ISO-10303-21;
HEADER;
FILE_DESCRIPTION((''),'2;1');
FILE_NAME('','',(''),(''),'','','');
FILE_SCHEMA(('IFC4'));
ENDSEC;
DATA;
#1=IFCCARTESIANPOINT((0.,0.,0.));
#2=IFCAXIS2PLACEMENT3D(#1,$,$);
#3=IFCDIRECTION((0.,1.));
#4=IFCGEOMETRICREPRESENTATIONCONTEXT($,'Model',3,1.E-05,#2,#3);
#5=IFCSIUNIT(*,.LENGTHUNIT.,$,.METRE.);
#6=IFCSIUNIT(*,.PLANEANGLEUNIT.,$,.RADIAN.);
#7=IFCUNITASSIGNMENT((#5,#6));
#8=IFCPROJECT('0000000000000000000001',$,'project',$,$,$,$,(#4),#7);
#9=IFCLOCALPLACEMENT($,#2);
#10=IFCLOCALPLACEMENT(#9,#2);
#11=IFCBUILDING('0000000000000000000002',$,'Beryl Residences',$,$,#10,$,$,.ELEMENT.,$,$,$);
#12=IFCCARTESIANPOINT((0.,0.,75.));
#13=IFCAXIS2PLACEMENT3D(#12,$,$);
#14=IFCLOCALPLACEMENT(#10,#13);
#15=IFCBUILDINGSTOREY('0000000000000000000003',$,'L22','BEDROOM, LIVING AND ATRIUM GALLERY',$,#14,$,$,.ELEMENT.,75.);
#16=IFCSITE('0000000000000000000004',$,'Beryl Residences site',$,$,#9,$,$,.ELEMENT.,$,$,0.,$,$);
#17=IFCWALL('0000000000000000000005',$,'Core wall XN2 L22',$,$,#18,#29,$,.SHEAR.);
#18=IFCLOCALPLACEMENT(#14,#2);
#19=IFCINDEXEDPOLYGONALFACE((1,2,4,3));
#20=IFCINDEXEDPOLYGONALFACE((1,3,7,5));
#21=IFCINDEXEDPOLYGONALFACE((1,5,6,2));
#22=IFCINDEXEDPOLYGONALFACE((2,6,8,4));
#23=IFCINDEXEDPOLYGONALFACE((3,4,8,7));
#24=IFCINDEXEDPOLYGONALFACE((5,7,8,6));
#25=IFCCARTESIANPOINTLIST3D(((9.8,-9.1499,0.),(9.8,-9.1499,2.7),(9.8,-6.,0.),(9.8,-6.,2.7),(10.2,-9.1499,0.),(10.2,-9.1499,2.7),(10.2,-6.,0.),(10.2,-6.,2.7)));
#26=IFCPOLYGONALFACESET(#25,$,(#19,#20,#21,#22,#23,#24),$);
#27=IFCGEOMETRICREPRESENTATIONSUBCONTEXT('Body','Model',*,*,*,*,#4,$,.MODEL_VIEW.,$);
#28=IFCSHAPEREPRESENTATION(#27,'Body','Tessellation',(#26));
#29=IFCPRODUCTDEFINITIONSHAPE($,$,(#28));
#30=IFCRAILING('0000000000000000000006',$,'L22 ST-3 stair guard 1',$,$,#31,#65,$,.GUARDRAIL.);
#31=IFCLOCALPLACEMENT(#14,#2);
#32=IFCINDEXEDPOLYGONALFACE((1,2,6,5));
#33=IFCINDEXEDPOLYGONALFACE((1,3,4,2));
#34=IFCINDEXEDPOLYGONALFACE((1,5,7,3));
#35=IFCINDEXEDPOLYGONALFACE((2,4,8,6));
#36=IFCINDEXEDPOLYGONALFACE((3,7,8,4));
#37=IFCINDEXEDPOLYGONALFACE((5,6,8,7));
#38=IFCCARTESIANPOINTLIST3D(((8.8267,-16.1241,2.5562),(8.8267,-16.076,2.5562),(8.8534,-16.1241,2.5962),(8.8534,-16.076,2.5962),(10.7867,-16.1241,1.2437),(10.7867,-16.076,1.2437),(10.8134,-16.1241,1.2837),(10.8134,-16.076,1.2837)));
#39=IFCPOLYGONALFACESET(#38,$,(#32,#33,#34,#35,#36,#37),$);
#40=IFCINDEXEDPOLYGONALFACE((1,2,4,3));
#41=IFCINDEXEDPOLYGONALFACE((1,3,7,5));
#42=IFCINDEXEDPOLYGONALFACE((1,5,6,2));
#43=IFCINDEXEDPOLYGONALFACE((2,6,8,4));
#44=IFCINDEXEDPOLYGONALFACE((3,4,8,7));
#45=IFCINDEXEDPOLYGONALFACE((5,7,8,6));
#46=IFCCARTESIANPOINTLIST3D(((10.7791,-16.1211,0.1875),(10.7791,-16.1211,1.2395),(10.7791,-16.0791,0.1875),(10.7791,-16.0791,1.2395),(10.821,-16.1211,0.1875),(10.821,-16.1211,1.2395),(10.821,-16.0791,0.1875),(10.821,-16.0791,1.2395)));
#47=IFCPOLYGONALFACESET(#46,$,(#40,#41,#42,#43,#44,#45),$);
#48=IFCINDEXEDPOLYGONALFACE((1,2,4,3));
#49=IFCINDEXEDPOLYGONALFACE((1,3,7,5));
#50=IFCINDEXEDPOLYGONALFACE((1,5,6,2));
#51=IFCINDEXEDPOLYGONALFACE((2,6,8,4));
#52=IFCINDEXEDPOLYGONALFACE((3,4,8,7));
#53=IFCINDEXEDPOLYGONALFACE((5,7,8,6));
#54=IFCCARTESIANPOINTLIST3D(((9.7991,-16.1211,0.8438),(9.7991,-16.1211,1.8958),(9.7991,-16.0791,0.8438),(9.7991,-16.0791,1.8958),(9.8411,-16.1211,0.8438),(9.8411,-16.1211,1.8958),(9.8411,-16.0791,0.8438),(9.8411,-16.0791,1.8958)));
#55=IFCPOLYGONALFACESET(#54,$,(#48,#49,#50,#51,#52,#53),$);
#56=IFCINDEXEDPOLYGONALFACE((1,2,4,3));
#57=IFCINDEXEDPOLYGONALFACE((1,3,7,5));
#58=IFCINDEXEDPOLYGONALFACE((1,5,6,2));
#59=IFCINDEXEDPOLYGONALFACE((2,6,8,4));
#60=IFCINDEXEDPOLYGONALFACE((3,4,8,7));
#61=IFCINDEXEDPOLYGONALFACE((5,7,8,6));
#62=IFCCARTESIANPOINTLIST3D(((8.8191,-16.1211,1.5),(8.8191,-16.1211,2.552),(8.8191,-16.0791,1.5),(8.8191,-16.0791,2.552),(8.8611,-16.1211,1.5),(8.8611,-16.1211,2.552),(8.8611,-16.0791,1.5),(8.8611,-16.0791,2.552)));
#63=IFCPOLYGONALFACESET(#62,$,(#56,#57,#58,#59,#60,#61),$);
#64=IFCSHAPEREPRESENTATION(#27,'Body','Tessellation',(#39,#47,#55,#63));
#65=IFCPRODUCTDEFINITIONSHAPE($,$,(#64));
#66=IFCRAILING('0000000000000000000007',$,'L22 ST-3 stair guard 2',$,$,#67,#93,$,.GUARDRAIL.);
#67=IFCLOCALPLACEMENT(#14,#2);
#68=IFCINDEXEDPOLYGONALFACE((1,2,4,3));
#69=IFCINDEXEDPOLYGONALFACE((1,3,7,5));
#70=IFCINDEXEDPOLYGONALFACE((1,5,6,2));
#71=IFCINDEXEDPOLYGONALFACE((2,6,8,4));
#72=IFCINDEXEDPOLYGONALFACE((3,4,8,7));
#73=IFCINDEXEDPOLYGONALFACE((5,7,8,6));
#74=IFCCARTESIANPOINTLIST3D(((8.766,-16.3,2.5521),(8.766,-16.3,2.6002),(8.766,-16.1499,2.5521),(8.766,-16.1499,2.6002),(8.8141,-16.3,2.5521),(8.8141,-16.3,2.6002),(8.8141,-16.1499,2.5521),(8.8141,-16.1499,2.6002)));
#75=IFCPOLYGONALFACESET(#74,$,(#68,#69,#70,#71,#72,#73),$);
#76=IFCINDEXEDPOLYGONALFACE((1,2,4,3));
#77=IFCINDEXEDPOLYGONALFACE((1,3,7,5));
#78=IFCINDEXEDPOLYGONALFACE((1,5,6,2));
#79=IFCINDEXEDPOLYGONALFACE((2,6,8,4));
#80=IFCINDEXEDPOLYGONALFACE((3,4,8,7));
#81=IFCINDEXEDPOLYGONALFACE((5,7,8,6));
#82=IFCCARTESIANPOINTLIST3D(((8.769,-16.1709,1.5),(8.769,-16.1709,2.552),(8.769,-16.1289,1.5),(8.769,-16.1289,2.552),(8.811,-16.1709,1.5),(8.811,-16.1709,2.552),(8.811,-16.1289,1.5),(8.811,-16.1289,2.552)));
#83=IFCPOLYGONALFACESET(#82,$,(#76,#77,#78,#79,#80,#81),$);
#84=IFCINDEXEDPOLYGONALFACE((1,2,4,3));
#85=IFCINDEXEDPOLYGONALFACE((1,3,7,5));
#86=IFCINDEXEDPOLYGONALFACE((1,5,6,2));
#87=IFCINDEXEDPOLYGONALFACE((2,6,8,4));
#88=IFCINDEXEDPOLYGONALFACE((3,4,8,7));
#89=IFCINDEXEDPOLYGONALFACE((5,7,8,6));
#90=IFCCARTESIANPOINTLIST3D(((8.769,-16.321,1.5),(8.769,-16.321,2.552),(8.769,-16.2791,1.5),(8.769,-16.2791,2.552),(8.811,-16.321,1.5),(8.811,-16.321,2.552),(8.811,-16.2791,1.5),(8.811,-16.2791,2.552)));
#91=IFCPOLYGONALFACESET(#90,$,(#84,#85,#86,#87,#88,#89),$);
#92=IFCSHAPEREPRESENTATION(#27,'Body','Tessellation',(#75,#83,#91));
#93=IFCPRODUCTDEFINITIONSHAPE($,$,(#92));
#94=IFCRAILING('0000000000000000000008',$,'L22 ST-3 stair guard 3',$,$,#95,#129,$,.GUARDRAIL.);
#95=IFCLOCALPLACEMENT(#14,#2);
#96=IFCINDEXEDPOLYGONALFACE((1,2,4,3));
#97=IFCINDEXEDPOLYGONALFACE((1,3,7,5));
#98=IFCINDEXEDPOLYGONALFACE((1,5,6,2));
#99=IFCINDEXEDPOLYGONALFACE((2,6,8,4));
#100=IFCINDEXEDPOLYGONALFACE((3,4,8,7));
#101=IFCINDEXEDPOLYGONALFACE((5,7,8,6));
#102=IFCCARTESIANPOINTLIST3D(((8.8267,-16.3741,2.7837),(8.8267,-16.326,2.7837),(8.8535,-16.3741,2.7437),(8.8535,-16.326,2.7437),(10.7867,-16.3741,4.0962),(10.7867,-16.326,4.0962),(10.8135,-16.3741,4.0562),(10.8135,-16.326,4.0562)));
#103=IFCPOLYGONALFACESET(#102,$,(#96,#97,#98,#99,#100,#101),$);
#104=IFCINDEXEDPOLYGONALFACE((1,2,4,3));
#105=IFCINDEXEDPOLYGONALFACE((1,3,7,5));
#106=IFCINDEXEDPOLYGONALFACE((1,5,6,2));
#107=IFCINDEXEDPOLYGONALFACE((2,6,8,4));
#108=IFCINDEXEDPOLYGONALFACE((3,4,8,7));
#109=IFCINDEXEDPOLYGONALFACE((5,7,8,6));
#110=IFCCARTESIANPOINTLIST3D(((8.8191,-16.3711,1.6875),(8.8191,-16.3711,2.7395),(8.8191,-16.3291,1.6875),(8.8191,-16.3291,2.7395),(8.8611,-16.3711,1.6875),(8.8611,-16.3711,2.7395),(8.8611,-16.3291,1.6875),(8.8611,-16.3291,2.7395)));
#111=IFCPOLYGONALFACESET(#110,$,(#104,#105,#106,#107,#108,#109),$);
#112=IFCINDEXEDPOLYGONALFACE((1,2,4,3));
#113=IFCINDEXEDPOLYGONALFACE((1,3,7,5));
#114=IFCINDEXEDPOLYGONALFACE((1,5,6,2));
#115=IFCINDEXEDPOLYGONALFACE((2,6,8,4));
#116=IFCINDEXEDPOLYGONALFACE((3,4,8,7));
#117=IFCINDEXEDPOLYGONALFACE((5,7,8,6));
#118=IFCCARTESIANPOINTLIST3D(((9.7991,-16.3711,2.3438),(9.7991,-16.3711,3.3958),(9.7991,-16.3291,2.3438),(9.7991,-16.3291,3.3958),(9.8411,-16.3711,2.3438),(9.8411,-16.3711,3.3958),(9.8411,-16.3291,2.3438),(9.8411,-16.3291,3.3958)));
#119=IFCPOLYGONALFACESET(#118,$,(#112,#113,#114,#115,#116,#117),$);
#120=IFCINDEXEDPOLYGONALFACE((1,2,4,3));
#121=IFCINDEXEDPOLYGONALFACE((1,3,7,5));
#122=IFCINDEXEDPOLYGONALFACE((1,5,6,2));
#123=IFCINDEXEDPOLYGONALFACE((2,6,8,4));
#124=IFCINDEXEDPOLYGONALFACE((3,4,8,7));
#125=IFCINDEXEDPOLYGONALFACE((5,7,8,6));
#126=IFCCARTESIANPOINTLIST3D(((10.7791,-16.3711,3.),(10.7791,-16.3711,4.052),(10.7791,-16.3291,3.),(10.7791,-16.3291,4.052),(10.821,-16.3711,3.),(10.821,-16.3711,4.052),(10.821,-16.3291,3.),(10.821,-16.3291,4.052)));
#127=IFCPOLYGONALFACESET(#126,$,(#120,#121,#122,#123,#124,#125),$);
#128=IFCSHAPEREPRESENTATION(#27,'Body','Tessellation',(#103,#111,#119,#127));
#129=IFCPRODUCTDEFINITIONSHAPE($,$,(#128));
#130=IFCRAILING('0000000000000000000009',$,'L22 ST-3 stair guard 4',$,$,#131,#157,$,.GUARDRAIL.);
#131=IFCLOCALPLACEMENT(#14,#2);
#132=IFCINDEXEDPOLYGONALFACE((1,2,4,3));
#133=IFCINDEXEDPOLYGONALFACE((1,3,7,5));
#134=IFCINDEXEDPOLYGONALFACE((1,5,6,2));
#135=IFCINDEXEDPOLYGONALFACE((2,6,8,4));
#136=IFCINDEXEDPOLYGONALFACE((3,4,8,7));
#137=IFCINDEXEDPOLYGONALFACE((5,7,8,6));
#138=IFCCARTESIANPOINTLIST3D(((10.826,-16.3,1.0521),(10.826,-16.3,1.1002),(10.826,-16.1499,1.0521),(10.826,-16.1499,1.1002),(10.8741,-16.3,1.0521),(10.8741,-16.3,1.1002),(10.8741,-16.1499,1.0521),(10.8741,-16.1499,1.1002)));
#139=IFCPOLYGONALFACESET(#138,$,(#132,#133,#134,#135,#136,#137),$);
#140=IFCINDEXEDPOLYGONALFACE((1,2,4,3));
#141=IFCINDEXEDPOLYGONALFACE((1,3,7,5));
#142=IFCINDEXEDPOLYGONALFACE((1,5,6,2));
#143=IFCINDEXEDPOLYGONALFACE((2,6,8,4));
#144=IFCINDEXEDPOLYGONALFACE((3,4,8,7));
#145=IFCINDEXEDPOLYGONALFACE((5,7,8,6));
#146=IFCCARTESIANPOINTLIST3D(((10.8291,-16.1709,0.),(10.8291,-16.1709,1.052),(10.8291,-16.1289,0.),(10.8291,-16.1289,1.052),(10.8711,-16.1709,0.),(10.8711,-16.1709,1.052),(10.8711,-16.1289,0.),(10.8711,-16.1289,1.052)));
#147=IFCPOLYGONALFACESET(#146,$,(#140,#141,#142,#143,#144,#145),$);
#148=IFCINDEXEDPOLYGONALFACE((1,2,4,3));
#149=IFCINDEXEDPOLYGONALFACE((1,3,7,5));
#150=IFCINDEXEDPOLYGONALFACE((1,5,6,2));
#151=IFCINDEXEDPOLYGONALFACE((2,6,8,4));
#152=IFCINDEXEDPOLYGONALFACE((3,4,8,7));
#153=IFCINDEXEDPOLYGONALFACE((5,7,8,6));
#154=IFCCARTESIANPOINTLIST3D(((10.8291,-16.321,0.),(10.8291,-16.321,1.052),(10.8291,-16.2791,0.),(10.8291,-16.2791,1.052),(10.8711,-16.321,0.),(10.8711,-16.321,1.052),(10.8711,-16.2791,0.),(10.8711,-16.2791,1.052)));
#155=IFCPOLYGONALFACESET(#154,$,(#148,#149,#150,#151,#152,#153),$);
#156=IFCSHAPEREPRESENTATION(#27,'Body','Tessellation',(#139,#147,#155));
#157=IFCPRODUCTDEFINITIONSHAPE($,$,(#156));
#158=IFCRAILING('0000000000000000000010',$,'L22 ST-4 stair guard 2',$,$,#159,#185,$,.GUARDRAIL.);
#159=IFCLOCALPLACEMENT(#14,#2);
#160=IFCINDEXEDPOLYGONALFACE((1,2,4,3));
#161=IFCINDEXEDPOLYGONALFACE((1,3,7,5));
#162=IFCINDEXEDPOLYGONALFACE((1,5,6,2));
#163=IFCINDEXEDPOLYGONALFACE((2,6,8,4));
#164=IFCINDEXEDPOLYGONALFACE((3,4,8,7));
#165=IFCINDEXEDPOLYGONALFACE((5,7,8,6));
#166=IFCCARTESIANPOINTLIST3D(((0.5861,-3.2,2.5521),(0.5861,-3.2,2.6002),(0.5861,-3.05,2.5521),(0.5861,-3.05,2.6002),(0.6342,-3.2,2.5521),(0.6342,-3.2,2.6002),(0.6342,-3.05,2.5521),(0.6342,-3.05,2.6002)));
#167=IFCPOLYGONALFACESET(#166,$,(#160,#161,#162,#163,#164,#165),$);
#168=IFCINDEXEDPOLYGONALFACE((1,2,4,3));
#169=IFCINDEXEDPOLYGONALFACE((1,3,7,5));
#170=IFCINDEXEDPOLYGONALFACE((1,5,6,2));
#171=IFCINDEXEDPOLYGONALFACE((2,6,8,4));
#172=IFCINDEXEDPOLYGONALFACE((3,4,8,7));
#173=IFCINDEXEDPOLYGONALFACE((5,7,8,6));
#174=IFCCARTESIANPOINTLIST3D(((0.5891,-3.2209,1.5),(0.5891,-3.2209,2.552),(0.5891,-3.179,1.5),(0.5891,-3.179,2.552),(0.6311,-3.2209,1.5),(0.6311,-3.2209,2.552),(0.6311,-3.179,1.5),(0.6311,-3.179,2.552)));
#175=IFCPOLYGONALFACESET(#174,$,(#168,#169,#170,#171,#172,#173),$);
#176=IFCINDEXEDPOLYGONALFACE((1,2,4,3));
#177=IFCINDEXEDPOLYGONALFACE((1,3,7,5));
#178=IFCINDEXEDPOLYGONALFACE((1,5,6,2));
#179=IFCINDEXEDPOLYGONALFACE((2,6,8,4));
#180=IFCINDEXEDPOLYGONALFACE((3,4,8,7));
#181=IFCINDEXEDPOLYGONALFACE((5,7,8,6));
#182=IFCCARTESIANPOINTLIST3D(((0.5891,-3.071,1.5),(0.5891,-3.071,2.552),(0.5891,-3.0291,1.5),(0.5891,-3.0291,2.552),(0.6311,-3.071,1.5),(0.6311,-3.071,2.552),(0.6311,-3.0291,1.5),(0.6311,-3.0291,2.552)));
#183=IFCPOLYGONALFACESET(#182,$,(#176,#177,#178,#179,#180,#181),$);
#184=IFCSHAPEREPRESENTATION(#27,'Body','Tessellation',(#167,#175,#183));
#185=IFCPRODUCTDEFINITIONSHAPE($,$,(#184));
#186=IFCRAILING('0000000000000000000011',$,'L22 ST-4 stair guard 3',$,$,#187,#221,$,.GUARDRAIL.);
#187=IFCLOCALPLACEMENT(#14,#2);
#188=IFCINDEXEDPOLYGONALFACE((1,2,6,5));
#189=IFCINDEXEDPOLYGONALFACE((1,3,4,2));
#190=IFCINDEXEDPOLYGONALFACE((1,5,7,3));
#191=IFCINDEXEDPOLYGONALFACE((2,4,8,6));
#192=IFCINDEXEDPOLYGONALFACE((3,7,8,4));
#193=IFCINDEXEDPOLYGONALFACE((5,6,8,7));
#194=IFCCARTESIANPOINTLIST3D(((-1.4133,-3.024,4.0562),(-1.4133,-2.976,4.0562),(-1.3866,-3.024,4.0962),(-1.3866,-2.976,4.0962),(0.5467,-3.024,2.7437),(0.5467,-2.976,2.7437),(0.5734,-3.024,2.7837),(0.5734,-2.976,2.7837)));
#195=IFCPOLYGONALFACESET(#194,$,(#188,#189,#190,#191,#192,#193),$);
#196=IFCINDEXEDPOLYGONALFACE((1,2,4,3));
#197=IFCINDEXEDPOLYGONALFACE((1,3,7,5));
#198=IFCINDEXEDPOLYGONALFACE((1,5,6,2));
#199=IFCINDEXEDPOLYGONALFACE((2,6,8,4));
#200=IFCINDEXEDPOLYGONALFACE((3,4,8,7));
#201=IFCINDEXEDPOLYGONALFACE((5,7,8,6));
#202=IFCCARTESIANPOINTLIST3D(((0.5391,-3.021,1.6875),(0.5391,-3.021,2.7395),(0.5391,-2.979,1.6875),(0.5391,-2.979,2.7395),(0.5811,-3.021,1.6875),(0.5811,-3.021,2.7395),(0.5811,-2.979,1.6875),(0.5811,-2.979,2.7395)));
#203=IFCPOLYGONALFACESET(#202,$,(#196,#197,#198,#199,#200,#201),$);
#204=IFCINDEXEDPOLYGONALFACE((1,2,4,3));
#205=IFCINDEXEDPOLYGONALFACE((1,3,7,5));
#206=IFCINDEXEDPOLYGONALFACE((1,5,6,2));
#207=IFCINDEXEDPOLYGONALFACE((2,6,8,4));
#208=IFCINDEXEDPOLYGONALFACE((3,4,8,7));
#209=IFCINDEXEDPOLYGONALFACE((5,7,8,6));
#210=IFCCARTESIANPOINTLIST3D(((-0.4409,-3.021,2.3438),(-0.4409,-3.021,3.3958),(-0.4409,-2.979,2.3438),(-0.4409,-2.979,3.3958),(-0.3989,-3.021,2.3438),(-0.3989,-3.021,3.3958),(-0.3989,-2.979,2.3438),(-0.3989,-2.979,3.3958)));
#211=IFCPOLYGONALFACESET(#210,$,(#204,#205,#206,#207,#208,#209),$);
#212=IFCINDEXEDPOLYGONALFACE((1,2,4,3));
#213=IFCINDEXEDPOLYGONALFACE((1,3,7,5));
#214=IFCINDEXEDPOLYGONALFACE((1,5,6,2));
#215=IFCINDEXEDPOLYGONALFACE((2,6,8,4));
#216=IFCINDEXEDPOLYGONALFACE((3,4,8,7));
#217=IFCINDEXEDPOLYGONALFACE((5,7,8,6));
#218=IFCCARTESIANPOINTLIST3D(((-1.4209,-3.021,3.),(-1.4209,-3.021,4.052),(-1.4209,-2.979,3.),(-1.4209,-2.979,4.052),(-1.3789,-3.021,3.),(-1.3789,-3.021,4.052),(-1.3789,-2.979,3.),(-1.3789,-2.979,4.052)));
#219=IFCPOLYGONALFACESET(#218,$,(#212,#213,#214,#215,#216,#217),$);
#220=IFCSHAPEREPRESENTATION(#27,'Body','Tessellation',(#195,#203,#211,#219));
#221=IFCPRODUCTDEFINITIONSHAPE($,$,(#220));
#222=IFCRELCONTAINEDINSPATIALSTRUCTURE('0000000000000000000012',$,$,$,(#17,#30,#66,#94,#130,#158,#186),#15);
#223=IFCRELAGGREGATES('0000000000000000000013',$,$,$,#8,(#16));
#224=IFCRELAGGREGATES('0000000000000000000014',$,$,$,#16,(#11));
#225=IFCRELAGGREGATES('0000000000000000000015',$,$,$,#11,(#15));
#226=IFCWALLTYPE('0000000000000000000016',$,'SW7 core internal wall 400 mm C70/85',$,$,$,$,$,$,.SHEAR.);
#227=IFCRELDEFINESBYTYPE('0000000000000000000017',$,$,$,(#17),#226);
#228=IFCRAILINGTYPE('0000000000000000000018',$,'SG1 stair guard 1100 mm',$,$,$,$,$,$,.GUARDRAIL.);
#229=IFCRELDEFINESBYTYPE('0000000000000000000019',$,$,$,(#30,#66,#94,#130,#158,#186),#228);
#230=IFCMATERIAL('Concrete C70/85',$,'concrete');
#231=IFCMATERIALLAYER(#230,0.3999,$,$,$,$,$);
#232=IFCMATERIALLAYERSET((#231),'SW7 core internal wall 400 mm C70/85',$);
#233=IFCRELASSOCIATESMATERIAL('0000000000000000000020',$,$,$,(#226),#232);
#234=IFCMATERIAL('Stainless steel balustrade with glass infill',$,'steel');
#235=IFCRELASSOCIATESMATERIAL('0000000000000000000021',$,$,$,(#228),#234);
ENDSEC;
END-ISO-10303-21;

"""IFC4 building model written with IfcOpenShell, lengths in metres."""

from ifc_helpers import new_model, si_unit, direction, frame, frame_2d, origin, origin_2d, place, context, subcontext, project, spatial, rectangle, extrude, material, layer, layer_set, type_object, element, save


model = new_model("IFC4")

# Units and contexts
model_context = context("Model", 3, precision=1e-05, world=origin(), true_north=direction((0.0, 1.0)))
body_context = subcontext(model_context, "Body", "Model", "MODEL_VIEW")
ifc_project = project(units=[si_unit("LENGTHUNIT", "METRE"), si_unit("PLANEANGLEUNIT", "RADIAN")], contexts=[model_context])

# Site, building, storey
site_placement = place(None, origin())
site = spatial("IfcSite", under=ifc_project, at=site_placement, Name="Beryl Residences site", CompositionType="ELEMENT", RefElevation=0.0)
building_placement = place(site_placement, origin())
building = spatial("IfcBuilding", under=site, at=building_placement, Name="Beryl Residences", CompositionType="ELEMENT")
storey_placement = place(building_placement, frame((0.0, 0.0, 75.0)))
storey = spatial("IfcBuildingStorey", under=building, at=storey_placement, Name="L22", Description="BEDROOM, LIVING AND ATRIUM GALLERY", CompositionType="ELEMENT", Elevation=75.0)

# Wall
ifc_material_1 = material(Name="Concrete C70/85", Category="concrete")
ifc_layer_1 = layer(ifc_material_1, 0.3999)
ifc_layer_set_1 = layer_set([ifc_layer_1], Name="SW7 core internal wall 400 mm C70/85")
wall_type_1 = type_object("IfcWallType", Name="SW7 core internal wall 400 mm C70/85", PredefinedType="SHEAR", material=ifc_layer_set_1)
wall_1_placement = place(storey_placement, frame((10.0, -9.1499, 0.0), z_axis=(0.0, 0.0, 1.0), x_axis=(0.0, 1.0, 0.0)))
element("IfcWall", 1, at=wall_1_placement, inside=storey, type_object=wall_type_1, Name="Core wall XN2 L22", PredefinedType="SHEAR", context=body_context, shape_type="SweptSolid", body=[
    extrude(rectangle(XDim=3.1499, YDim=0.3999, at=frame_2d((1.575, 0.0))), origin(), (0.0, 0.0, 1.0), 2.7),
])

# Railings
ifc_material_2 = material(Name="Stainless steel balustrade with glass infill", Category="steel")
railing_type_1 = type_object("IfcRailingType", Name="SG1 stair guard 1100 mm", PredefinedType="GUARDRAIL", material=ifc_material_2)
railing_1_placement = place(storey_placement, frame((10.8, -16.1001, 0.1875)))
element("IfcRailing", 2, at=railing_1_placement, inside=storey, type_object=railing_type_1, Name="L22 ST-3 stair guard 1", PredefinedType="GUARDRAIL", context=body_context, shape_type="SweptSolid", body=[
    extrude(rectangle(XDim=0.0481, YDim=0.0481, at=origin_2d()), frame((0.0, 0.0, 1.0762), z_axis=(-0.830902, 0.0, 0.556419), x_axis=(0.0, -1.0, 0.0)), (0.0, 0.0, 1.0), 2.3589),
    extrude(rectangle(XDim=0.042, YDim=0.042, at=origin_2d()), origin(), (0.0, 0.0, 1.0), 1.052),
    extrude(rectangle(XDim=0.042, YDim=0.042, at=origin_2d()), frame((-0.98, 0.0, 0.6562)), (0.0, 0.0, 1.0), 1.052),
    extrude(rectangle(XDim=0.042, YDim=0.042, at=origin_2d()), frame((-1.96, 0.0, 1.3125)), (0.0, 0.0, 1.0), 1.052),
])
railing_2_placement = place(storey_placement, frame((8.79, -16.1499, 1.5)))
element("IfcRailing", 3, at=railing_2_placement, inside=storey, type_object=railing_type_1, Name="L22 ST-3 stair guard 2", PredefinedType="GUARDRAIL", context=body_context, shape_type="SweptSolid", body=[
    extrude(rectangle(XDim=0.0481, YDim=0.0481, at=origin_2d()), frame((0.0, 0.0, 1.0762), z_axis=(0.0, -1.0, 0.0), x_axis=(1.0, 0.0, 0.0)), (0.0, 0.0, 1.0), 0.1501),
    extrude(rectangle(XDim=0.042, YDim=0.042, at=origin_2d()), origin(), (0.0, 0.0, 1.0), 1.052),
    extrude(rectangle(XDim=0.042, YDim=0.042, at=origin_2d()), frame((0.0, -0.1501, 0.0)), (0.0, 0.0, 1.0), 1.052),
])
railing_3_placement = place(storey_placement, frame((8.8401, -16.3501, 1.6875)))
element("IfcRailing", 4, at=railing_3_placement, inside=storey, type_object=railing_type_1, Name="L22 ST-3 stair guard 3", PredefinedType="GUARDRAIL", context=body_context, shape_type="SweptSolid", body=[
    extrude(rectangle(XDim=0.0481, YDim=0.0481, at=origin_2d()), frame((0.0, 0.0, 1.0762), z_axis=(0.830902, 0.0, 0.556419), x_axis=(0.0, 1.0, 0.0)), (0.0, 0.0, 1.0), 2.3589),
    extrude(rectangle(XDim=0.042, YDim=0.042, at=origin_2d()), origin(), (0.0, 0.0, 1.0), 1.052),
    extrude(rectangle(XDim=0.042, YDim=0.042, at=origin_2d()), frame((0.98, 0.0, 0.6562)), (0.0, 0.0, 1.0), 1.052),
    extrude(rectangle(XDim=0.042, YDim=0.042, at=origin_2d()), frame((1.96, 0.0, 1.3125)), (0.0, 0.0, 1.0), 1.052),
])
railing_4_placement = place(storey_placement, frame((10.8501, -16.1499, 0.0)))
element("IfcRailing", 5, at=railing_4_placement, inside=storey, type_object=railing_type_1, Name="L22 ST-3 stair guard 4", PredefinedType="GUARDRAIL", context=body_context, shape_type="SweptSolid", body=[
    extrude(rectangle(XDim=0.0481, YDim=0.0481, at=origin_2d()), frame((0.0, 0.0, 1.0762), z_axis=(0.0, -1.0, 0.0), x_axis=(1.0, 0.0, 0.0)), (0.0, 0.0, 1.0), 0.1501),
    extrude(rectangle(XDim=0.042, YDim=0.042, at=origin_2d()), origin(), (0.0, 0.0, 1.0), 1.052),
    extrude(rectangle(XDim=0.042, YDim=0.042, at=origin_2d()), frame((0.0, -0.1501, 0.0)), (0.0, 0.0, 1.0), 1.052),
])
railing_5_placement = place(storey_placement, frame((0.6101, -3.2, 1.5)))
element("IfcRailing", 6, at=railing_5_placement, inside=storey, type_object=railing_type_1, Name="L22 ST-4 stair guard 2", PredefinedType="GUARDRAIL", context=body_context, shape_type="SweptSolid", body=[
    extrude(rectangle(XDim=0.0481, YDim=0.0481, at=origin_2d()), frame((0.0, 0.0, 1.0762), z_axis=(0.0, 1.0, 0.0), x_axis=(-1.0, 0.0, 0.0)), (0.0, 0.0, 1.0), 0.1499),
    extrude(rectangle(XDim=0.042, YDim=0.042, at=origin_2d()), origin(), (0.0, 0.0, 1.0), 1.052),
    extrude(rectangle(XDim=0.042, YDim=0.042, at=origin_2d()), frame((0.0, 0.1499, 0.0)), (0.0, 0.0, 1.0), 1.052),
])
railing_6_placement = place(storey_placement, frame((0.5601, -3.0, 1.6875)))
element("IfcRailing", 7, at=railing_6_placement, inside=storey, type_object=railing_type_1, Name="L22 ST-4 stair guard 3", PredefinedType="GUARDRAIL", context=body_context, shape_type="SweptSolid", body=[
    extrude(rectangle(XDim=0.0481, YDim=0.0481, at=origin_2d()), frame((0.0, 0.0, 1.0762), z_axis=(-0.830902, 0.0, 0.556419), x_axis=(0.0, -1.0, 0.0)), (0.0, 0.0, 1.0), 2.3589),
    extrude(rectangle(XDim=0.042, YDim=0.042, at=origin_2d()), origin(), (0.0, 0.0, 1.0), 1.052),
    extrude(rectangle(XDim=0.042, YDim=0.042, at=origin_2d()), frame((-0.98, 0.0, 0.6562)), (0.0, 0.0, 1.0), 1.052),
    extrude(rectangle(XDim=0.042, YDim=0.042, at=origin_2d()), frame((-1.96, 0.0, 1.3125)), (0.0, 0.0, 1.0), 1.052),
])

save(model, "model.ifc")
